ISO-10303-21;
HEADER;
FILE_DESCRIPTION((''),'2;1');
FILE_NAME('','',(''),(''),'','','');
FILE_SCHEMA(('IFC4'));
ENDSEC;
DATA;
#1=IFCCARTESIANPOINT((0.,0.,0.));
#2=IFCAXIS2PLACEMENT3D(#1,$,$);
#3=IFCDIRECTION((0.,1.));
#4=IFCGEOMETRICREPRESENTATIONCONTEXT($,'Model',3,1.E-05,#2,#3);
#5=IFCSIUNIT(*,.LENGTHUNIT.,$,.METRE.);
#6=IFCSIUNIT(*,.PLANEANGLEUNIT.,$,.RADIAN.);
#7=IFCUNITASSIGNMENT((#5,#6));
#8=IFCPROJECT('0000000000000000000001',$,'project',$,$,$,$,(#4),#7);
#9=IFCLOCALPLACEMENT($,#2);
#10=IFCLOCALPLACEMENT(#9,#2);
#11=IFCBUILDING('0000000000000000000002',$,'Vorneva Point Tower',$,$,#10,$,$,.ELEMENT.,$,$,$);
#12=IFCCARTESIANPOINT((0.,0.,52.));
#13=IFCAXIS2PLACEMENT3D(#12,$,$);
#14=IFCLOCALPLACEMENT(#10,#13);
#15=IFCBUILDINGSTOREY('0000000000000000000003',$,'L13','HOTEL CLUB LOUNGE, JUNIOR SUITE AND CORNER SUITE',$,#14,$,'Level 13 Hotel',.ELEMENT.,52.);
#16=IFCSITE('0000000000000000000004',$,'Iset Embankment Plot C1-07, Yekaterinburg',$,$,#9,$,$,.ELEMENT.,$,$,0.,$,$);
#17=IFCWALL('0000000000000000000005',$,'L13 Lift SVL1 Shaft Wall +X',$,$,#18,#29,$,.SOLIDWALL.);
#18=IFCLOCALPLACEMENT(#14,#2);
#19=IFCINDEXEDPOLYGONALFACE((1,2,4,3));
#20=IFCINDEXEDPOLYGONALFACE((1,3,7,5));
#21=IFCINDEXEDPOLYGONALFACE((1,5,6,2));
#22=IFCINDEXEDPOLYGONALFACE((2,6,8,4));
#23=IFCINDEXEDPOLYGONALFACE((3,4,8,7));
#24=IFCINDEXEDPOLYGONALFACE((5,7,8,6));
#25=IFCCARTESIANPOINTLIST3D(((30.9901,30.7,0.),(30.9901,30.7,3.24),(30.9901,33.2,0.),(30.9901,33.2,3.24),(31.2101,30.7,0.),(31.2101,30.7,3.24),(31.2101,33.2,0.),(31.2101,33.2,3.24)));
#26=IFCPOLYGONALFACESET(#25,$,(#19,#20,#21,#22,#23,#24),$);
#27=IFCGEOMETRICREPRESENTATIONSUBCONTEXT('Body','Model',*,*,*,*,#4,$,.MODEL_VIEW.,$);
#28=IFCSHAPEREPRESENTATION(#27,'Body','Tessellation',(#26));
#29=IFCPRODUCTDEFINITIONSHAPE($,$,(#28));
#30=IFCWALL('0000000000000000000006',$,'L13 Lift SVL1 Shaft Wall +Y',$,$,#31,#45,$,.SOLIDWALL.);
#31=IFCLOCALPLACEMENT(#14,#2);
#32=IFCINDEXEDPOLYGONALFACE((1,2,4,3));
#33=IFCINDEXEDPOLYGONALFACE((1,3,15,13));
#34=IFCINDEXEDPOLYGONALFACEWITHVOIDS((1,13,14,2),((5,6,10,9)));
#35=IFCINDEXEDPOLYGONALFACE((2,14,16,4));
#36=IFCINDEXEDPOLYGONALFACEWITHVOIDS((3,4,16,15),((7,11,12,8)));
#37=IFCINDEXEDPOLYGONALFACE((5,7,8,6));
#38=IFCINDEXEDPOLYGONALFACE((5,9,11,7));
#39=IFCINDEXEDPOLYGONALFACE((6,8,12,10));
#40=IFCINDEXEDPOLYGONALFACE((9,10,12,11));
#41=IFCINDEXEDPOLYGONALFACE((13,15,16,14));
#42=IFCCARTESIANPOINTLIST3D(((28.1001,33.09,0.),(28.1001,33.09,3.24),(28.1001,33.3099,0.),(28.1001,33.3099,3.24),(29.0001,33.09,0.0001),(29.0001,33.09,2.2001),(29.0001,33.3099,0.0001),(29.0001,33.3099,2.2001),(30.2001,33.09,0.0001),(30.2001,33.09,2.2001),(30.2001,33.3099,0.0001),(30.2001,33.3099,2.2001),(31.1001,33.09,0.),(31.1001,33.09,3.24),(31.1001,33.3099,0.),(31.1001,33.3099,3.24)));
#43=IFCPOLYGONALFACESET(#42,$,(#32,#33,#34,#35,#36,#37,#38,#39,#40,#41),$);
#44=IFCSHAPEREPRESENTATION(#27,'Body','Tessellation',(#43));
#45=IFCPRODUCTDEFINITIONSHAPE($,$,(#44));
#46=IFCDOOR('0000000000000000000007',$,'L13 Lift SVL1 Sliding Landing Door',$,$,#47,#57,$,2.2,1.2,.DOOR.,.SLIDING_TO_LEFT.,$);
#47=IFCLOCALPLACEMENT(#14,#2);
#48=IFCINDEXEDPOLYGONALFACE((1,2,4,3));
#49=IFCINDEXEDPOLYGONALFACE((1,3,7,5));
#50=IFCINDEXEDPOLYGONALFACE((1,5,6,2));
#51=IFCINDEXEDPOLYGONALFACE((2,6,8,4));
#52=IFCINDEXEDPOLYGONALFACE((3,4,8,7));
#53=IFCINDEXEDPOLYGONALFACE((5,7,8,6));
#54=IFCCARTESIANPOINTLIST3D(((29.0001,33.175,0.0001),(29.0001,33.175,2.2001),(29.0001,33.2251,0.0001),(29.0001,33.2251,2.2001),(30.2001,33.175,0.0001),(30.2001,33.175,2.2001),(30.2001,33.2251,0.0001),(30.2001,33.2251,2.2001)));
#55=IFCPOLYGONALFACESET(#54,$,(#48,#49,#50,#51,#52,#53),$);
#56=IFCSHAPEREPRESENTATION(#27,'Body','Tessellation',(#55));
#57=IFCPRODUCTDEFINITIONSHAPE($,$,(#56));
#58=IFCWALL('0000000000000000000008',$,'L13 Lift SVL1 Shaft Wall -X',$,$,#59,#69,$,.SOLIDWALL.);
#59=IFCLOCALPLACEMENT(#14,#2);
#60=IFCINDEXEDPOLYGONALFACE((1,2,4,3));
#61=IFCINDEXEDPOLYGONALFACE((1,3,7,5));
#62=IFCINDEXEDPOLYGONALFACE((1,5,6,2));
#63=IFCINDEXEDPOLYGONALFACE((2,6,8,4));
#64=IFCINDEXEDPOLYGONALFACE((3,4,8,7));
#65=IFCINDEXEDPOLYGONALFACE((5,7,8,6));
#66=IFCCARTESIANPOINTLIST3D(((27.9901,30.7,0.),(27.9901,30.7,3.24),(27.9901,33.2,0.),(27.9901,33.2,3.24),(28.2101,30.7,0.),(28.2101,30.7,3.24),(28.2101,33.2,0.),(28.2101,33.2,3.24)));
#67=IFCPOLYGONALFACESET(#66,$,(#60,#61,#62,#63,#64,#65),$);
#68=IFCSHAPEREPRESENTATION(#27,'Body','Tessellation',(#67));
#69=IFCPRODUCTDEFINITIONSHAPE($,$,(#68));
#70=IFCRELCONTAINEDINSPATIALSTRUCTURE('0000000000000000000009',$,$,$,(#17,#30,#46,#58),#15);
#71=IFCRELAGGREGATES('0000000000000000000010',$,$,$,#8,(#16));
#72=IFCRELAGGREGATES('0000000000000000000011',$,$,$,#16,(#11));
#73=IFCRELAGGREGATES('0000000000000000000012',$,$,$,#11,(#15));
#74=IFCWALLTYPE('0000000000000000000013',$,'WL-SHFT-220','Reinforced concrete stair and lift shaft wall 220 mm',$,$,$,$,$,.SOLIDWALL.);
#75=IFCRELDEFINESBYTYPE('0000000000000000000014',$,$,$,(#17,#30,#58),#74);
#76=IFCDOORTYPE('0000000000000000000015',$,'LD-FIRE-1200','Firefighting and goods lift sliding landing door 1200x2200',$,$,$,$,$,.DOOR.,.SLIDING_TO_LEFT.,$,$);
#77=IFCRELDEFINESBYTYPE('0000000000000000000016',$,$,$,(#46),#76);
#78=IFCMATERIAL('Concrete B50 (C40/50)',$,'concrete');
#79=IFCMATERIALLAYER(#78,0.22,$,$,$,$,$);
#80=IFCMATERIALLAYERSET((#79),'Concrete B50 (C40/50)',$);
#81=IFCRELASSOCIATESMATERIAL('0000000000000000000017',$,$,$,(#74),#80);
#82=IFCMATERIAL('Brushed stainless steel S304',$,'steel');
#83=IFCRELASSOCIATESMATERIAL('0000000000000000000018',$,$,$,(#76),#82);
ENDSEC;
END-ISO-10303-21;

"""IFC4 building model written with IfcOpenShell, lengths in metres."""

from ifc_helpers import new_model, si_unit, direction, frame, frame_2d, origin, place, context, subcontext, project, spatial, rectangle, extrude, material, layer, layer_set, type_object, element, fill, save


model = new_model("IFC4")

# Units and contexts
model_context = context("Model", 3, precision=1e-05, world=origin(), true_north=direction((0.0, 1.0)))
body_context = subcontext(model_context, "Body", "Model", "MODEL_VIEW")
ifc_project = project(units=[si_unit("LENGTHUNIT", "METRE"), si_unit("PLANEANGLEUNIT", "RADIAN")], contexts=[model_context])

# Site, building, storey
site_placement = place(None, origin())
site = spatial("IfcSite", under=ifc_project, at=site_placement, Name="Iset Embankment Plot C1-07, Yekaterinburg", CompositionType="ELEMENT", RefElevation=0.0)
building_placement = place(site_placement, origin())
building = spatial("IfcBuilding", under=site, at=building_placement, Name="Vorneva Point Tower", CompositionType="ELEMENT")
storey_placement = place(building_placement, frame((0.0, 0.0, 52.0)))
storey = spatial("IfcBuildingStorey", under=building, at=storey_placement, Name="L13", Description="HOTEL CLUB LOUNGE, JUNIOR SUITE AND CORNER SUITE", LongName="Level 13 Hotel", CompositionType="ELEMENT", Elevation=52.0)

# Wall
ifc_material_1 = material(Name="Concrete B50 (C40/50)", Category="concrete")
ifc_layer_1 = layer(ifc_material_1, 0.22)
ifc_layer_set_1 = layer_set([ifc_layer_1], Name="Concrete B50 (C40/50)")
wall_type_1 = type_object("IfcWallType", Name="WL-SHFT-220", Description="Reinforced concrete stair and lift shaft wall 220 mm", PredefinedType="SOLIDWALL", material=ifc_layer_set_1)
wall_1_placement = place(storey_placement, frame((31.1001, 30.7, 0.0), z_axis=(0.0, 0.0, 1.0), x_axis=(0.0, 1.0, 0.0)))
element("IfcWall", 1, at=wall_1_placement, inside=storey, type_object=wall_type_1, Name="L13 Lift SVL1 Shaft Wall +X", PredefinedType="SOLIDWALL", context=body_context, shape_type="SweptSolid", body=[
    extrude(rectangle(XDim=2.5, YDim=0.22, at=frame_2d((1.25, 0.0))), origin(), (0.0, 0.0, 1.0), 3.24),
])

# Wall, opening, door
wall_2_placement = place(storey_placement, frame((31.1001, 33.2, 0.0), z_axis=(0.0, 0.0, 1.0), x_axis=(-1.0, 0.0, 0.0)))
wall_2 = element("IfcWall", 2, at=wall_2_placement, inside=storey, type_object=wall_type_1, Name="L13 Lift SVL1 Shaft Wall +Y", PredefinedType="SOLIDWALL", context=body_context, shape_type="SweptSolid", body=[
    extrude(rectangle(XDim=3.0, YDim=0.22, at=frame_2d((1.5, 0.0))), origin(), (0.0, 0.0, 1.0), 3.24),
])
opening_1_placement = place(wall_2_placement, frame((0.8999, 0.0, 0.0)))
opening_1 = element("IfcOpeningElement", 3, at=opening_1_placement, cuts=wall_2, PredefinedType="OPENING", context=body_context, shape_type="SweptSolid", body=[
    extrude(rectangle(XDim=1.2, YDim=2.2, at=frame_2d((0.6001, 1.1001))), frame((0.0, 0.125, 0.0), z_axis=(0.0, -1.0, 0.0), x_axis=(1.0, 0.0, 0.0)), (0.0, 0.0, 1.0), 0.2498),
])
ifc_material_2 = material(Name="Brushed stainless steel S304", Category="steel")
door_type_1 = type_object("IfcDoorType", Name="LD-FIRE-1200", Description="Firefighting and goods lift sliding landing door 1200x2200", OperationType="SLIDING_TO_LEFT", PredefinedType="DOOR", material=ifc_material_2)
door_1_placement = place(opening_1_placement, origin())
door_1 = element("IfcDoor", 4, at=door_1_placement, inside=storey, type_object=door_type_1, Name="L13 Lift SVL1 Sliding Landing Door", OperationType="SLIDING_TO_LEFT", OverallHeight=2.2, OverallWidth=1.2, PredefinedType="DOOR", context=body_context, shape_type="SweptSolid", body=[
    extrude(rectangle(XDim=1.2, YDim=2.2, at=frame_2d((0.6001, 1.1001))), frame((0.0, 0.0249, 0.0), z_axis=(0.0, -1.0, 0.0), x_axis=(1.0, 0.0, 0.0)), (0.0, 0.0, 1.0), 0.05),
])
fill(opening_1, door_1)

# Wall
wall_3_placement = place(storey_placement, frame((28.1001, 33.2, 0.0), z_axis=(0.0, 0.0, 1.0), x_axis=(0.0, -1.0, 0.0)))
element("IfcWall", 5, at=wall_3_placement, inside=storey, type_object=wall_type_1, Name="L13 Lift SVL1 Shaft Wall -X", PredefinedType="SOLIDWALL", context=body_context, shape_type="SweptSolid", body=[
    extrude(rectangle(XDim=2.5, YDim=0.22, at=frame_2d((1.25, 0.0))), origin(), (0.0, 0.0, 1.0), 3.24),
])

save(model, "model.ifc")
